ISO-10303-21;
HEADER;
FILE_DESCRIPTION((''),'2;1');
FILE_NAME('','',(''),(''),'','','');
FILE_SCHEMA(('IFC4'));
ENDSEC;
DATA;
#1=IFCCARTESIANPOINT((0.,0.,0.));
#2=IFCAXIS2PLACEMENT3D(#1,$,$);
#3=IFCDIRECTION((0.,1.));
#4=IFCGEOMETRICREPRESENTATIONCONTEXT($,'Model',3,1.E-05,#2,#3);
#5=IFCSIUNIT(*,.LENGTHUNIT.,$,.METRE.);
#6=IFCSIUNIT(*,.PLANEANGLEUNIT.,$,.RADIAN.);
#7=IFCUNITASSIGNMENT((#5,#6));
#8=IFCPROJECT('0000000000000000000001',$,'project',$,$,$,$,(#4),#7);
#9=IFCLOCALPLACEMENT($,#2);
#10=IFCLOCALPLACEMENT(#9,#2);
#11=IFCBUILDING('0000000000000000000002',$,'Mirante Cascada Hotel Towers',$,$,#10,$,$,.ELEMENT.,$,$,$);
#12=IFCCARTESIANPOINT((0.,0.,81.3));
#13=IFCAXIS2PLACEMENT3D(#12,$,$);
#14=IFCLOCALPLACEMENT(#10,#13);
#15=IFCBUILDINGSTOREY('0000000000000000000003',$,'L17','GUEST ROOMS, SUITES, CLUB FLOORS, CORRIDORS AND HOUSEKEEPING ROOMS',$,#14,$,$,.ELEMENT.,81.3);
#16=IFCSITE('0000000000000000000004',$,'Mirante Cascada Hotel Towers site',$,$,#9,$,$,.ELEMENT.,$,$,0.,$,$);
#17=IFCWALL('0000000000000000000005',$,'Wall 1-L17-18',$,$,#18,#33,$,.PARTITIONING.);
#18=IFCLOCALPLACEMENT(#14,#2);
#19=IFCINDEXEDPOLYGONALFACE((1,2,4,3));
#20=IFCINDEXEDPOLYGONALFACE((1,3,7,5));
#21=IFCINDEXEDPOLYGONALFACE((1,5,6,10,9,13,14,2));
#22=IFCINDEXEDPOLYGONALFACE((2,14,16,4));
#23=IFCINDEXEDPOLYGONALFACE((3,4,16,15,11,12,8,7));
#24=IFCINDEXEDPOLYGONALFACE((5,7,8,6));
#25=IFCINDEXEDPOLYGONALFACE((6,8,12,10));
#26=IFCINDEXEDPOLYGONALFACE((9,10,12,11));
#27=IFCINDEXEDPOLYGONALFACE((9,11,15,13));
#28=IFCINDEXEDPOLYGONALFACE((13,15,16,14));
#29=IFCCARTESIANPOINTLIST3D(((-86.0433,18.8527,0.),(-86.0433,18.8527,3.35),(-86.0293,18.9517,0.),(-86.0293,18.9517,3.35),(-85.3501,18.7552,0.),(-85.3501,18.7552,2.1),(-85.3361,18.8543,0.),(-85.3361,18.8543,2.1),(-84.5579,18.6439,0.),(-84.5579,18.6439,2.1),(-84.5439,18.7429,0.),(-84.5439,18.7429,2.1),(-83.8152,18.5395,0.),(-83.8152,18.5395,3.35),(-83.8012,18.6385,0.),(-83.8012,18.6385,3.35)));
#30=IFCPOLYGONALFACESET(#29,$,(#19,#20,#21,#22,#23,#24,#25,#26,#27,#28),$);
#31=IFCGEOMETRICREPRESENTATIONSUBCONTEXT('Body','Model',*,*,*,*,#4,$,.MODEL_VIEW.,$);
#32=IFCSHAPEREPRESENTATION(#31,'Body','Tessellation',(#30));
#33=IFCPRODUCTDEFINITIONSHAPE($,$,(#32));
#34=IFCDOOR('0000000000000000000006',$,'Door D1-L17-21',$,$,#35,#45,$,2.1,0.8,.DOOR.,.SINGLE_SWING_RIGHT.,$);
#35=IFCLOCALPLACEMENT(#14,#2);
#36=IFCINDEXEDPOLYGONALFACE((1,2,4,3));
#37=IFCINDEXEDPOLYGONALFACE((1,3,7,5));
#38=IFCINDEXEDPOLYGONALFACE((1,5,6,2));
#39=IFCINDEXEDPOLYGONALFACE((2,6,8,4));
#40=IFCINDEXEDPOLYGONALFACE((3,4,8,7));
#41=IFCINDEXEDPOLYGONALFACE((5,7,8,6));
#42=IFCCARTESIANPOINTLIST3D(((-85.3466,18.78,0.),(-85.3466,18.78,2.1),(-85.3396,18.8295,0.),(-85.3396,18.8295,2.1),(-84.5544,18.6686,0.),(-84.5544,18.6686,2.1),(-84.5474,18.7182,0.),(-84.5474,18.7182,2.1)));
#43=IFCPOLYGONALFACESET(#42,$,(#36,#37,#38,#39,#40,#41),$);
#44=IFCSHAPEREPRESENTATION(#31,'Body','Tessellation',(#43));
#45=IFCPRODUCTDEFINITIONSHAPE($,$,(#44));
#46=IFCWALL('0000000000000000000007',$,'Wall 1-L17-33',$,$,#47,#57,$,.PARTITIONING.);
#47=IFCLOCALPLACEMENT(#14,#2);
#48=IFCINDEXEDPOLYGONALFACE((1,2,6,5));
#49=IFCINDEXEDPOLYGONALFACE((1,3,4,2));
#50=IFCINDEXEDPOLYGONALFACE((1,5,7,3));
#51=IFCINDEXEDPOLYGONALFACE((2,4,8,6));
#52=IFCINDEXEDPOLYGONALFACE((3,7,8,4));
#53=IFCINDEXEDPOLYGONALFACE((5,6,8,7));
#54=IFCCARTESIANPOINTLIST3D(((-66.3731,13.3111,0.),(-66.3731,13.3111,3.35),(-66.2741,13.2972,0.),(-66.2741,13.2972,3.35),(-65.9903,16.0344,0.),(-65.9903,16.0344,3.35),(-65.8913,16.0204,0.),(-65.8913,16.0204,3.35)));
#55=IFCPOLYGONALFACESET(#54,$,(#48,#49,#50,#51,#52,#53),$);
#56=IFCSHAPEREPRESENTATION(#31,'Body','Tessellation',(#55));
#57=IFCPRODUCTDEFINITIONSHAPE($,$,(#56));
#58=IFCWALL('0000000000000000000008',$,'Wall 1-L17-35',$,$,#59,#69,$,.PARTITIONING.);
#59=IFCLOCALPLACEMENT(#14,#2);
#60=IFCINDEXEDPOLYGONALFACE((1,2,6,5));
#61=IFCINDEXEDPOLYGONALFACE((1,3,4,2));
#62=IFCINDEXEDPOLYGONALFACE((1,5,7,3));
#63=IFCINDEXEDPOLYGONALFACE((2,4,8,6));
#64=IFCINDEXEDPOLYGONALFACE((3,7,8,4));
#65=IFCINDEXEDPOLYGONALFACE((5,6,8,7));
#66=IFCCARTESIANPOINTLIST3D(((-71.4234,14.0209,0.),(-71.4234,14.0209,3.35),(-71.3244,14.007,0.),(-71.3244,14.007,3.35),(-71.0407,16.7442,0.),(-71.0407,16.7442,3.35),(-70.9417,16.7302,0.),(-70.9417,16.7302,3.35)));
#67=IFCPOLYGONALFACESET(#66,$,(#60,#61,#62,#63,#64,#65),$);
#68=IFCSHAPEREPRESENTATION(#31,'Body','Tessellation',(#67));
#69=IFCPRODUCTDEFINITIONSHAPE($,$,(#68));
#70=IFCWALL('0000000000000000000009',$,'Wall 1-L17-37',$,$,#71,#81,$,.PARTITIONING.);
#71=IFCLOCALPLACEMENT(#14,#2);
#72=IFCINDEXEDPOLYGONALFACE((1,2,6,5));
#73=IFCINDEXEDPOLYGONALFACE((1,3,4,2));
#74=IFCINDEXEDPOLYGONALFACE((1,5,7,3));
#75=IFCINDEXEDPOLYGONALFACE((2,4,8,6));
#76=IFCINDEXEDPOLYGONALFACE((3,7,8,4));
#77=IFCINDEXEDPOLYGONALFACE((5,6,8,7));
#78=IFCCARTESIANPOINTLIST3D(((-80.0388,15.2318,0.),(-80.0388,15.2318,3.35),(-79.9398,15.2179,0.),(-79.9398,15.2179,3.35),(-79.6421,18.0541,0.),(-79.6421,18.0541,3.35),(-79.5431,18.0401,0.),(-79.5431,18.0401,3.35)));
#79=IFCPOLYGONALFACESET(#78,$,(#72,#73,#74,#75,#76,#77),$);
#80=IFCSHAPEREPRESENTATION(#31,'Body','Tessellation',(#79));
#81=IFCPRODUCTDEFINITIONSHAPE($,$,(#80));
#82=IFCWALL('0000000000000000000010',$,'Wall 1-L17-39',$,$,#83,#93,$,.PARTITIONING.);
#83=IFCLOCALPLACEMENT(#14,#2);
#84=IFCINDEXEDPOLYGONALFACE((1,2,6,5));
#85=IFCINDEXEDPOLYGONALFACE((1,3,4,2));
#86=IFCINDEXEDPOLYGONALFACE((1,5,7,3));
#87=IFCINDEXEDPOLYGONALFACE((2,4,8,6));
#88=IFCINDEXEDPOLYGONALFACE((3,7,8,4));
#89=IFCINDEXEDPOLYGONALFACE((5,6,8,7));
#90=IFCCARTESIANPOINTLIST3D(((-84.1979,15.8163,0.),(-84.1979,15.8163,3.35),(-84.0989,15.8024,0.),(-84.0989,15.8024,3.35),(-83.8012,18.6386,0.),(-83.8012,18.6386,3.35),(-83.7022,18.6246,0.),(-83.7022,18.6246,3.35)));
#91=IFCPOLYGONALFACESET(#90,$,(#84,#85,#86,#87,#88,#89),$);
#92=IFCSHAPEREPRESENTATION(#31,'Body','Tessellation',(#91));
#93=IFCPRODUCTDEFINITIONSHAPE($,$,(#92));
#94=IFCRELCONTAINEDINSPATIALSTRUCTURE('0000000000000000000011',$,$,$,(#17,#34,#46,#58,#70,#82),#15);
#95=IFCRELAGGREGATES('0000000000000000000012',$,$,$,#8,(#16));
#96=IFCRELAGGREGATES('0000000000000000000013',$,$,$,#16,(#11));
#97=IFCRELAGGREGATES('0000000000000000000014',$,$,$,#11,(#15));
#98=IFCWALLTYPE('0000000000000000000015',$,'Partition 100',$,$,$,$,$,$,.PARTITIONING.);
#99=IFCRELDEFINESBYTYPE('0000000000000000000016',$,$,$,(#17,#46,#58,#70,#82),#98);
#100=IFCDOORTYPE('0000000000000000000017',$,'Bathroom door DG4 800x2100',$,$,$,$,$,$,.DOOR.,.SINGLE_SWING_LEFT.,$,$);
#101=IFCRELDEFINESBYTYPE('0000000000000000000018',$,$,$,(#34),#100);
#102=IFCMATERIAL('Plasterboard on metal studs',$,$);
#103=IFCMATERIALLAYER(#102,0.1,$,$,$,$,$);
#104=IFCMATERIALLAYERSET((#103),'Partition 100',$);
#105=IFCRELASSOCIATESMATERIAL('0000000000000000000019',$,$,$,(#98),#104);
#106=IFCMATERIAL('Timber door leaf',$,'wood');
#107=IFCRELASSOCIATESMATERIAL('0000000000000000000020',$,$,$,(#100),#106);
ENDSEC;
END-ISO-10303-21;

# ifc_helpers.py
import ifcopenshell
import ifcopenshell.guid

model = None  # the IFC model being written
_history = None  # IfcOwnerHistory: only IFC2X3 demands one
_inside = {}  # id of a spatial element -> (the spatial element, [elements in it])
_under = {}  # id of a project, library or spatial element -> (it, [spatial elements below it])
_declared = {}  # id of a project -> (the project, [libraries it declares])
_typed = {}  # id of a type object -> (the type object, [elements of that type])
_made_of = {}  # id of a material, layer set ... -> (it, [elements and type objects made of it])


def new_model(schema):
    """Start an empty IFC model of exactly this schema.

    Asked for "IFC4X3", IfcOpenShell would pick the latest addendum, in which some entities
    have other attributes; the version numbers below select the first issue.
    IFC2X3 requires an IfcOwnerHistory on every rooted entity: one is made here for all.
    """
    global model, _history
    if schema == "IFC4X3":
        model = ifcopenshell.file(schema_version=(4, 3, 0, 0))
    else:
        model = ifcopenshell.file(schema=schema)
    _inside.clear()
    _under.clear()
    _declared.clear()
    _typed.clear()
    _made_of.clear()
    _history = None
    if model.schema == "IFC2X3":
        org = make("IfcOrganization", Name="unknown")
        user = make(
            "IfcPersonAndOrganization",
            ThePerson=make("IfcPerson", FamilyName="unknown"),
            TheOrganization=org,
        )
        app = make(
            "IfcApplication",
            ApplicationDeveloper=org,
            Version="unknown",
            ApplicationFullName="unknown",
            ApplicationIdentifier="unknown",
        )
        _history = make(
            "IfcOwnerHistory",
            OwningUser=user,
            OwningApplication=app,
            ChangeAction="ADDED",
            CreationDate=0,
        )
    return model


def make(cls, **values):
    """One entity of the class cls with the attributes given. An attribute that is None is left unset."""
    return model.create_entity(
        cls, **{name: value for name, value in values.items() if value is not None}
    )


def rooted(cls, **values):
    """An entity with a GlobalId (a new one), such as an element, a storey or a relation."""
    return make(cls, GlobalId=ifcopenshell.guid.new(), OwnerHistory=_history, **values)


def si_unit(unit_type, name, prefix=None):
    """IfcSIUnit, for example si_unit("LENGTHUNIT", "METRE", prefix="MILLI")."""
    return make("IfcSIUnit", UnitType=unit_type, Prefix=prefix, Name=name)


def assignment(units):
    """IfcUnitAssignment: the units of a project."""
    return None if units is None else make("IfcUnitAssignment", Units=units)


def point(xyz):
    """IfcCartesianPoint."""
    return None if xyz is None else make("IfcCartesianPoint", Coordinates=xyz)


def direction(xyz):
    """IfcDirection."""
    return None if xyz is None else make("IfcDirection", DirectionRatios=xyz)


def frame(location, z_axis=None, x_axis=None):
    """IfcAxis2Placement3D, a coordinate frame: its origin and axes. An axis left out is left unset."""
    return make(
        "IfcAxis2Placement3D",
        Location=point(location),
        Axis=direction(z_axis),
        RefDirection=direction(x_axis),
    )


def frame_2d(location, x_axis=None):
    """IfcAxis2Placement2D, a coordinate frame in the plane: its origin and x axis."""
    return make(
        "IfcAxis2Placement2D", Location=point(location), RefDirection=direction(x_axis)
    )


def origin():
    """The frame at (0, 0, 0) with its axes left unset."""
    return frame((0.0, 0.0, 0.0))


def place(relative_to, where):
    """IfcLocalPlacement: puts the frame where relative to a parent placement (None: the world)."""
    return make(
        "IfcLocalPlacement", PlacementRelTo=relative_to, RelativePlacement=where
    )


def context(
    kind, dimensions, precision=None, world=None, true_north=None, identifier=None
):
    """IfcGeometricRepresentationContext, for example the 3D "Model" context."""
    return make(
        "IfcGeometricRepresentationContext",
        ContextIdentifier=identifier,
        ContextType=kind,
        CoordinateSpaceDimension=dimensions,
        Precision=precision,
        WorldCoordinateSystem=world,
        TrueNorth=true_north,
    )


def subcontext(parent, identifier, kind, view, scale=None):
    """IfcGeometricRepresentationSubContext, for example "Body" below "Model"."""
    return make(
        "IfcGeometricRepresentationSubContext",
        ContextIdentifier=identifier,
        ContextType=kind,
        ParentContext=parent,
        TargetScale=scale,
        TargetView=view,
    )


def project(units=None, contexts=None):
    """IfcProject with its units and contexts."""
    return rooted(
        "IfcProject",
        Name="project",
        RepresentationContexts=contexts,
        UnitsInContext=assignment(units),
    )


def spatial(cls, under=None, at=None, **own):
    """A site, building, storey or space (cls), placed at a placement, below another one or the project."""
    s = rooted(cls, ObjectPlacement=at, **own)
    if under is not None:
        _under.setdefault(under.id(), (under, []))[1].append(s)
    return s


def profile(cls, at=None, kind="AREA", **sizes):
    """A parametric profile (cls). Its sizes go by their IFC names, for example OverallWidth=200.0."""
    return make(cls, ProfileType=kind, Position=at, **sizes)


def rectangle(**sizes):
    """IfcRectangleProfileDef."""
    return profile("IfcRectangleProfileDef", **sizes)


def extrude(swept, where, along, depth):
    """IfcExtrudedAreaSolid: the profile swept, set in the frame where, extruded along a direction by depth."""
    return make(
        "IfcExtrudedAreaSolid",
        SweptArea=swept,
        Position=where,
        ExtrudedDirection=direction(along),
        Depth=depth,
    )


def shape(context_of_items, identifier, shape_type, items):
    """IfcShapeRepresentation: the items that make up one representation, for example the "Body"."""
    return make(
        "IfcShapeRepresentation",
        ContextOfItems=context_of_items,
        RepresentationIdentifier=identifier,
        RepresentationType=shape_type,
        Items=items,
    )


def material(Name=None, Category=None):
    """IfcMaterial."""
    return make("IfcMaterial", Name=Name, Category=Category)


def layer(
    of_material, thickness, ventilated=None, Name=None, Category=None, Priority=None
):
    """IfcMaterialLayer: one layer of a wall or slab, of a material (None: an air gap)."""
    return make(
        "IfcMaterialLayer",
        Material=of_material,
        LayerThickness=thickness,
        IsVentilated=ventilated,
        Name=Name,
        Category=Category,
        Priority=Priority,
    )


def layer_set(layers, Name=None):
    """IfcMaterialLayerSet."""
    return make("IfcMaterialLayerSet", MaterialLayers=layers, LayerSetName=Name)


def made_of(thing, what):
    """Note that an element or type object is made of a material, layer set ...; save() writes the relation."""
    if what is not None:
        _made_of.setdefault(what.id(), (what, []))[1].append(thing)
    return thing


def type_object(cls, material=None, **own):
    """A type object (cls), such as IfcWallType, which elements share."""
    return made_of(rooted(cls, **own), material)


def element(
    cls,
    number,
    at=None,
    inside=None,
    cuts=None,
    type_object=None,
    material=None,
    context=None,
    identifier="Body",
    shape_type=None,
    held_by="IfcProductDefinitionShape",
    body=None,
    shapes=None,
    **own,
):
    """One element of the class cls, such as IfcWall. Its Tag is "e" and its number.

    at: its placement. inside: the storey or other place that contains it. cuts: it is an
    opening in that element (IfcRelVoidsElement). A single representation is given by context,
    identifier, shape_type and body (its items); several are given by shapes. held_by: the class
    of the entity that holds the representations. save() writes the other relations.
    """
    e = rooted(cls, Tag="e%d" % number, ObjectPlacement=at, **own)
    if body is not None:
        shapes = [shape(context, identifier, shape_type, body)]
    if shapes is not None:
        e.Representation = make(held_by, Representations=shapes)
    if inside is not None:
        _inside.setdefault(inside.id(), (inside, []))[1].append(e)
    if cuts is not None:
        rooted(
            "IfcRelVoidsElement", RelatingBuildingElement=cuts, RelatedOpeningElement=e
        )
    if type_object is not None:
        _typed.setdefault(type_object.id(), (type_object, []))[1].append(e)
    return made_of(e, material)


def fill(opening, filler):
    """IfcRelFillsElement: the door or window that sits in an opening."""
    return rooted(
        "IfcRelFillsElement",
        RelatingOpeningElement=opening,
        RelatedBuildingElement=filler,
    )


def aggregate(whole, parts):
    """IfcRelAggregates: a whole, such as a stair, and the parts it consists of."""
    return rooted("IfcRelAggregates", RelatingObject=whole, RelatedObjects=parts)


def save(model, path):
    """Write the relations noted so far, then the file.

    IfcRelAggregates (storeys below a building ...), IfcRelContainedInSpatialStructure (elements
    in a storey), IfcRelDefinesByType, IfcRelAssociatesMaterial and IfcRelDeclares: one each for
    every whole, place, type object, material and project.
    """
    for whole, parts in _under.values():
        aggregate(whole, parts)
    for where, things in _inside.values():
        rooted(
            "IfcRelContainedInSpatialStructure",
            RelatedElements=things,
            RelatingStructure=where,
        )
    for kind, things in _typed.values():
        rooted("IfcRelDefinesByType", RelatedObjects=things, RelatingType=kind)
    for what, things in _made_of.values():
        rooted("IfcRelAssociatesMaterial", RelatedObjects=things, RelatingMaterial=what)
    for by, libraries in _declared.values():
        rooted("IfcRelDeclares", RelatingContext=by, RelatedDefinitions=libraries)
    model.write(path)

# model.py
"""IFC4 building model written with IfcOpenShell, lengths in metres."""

from ifc_helpers import new_model, si_unit, direction, frame, frame_2d, origin, place, context, subcontext, project, spatial, rectangle, extrude, material, layer, layer_set, type_object, element, fill, save


model = new_model("IFC4")

# Units and contexts
model_context = context("Model", 3, precision=1e-05, world=origin(), true_north=direction((0.0, 1.0)))
body_context = subcontext(model_context, "Body", "Model", "MODEL_VIEW")
ifc_project = project(units=[si_unit("LENGTHUNIT", "METRE"), si_unit("PLANEANGLEUNIT", "RADIAN")], contexts=[model_context])

# Site, building, storey
site_placement = place(None, origin())
site = spatial("IfcSite", under=ifc_project, at=site_placement, Name="Mirante Cascada Hotel Towers site", CompositionType="ELEMENT", RefElevation=0.0)
building_placement = place(site_placement, origin())
building = spatial("IfcBuilding", under=site, at=building_placement, Name="Mirante Cascada Hotel Towers", CompositionType="ELEMENT")
storey_placement = place(building_placement, frame((0.0, 0.0, 81.3)))
storey = spatial("IfcBuildingStorey", under=building, at=storey_placement, Name="L17", Description="GUEST ROOMS, SUITES, CLUB FLOORS, CORRIDORS AND HOUSEKEEPING ROOMS", CompositionType="ELEMENT", Elevation=81.3)

# Shared definitions
ifc_material_1 = material(Name="Plasterboard on metal studs")
ifc_layer_1 = layer(ifc_material_1, 0.1)
ifc_layer_set_1 = layer_set([ifc_layer_1], Name="Partition 100")
wall_type_1 = type_object("IfcWallType", Name="Partition 100", PredefinedType="PARTITIONING", material=ifc_layer_set_1)
ifc_material_2 = material(Name="Timber door leaf", Category="wood")
door_type = type_object("IfcDoorType", Name="Bathroom door DG4 800x2100", OperationType="SINGLE_SWING_LEFT", PredefinedType="DOOR", material=ifc_material_2)

# Wall, opening, door
wall_1_placement = place(storey_placement, frame((-83.8082, 18.589, 0.0), z_axis=(0.0, 0.0, 1.0), x_axis=(-0.990264, 0.1392, 0.0)))
wall_1 = element("IfcWall", 1, at=wall_1_placement, inside=storey, type_object=wall_type_1, Name="Wall 1-L17-18", PredefinedType="PARTITIONING", context=body_context, shape_type="SweptSolid", body=[
    extrude(rectangle(XDim=2.25, YDim=0.1, at=frame_2d((1.125, 0.0))), origin(), (0.0, 0.0, 1.0), 3.35),
])
opening_1_placement = place(wall_1_placement, frame((0.75, 0.0, 0.0)))
opening_1 = element("IfcOpeningElement", 2, at=opening_1_placement, cuts=wall_1, PredefinedType="OPENING", context=body_context, shape_type="SweptSolid", body=[
    extrude(rectangle(XDim=0.8, YDim=2.1, at=frame_2d((0.4, 1.05))), frame((0.0, 0.05, 0.0), z_axis=(0.0, -1.0, 0.0), x_axis=(1.0, 0.0, 0.0)), (0.0, 0.0, 1.0), 0.1),
])
door_1_placement = place(opening_1_placement, frame((0.8, 0.0, 0.0), z_axis=(0.0, 0.0, 1.0), x_axis=(-1.0, 0.0, 0.0)))
door_1 = element("IfcDoor", 3, at=door_1_placement, inside=storey, type_object=door_type, Name="Door D1-L17-21", OperationType="SINGLE_SWING_RIGHT", OverallHeight=2.1, OverallWidth=0.8, PredefinedType="DOOR", context=body_context, shape_type="SweptSolid", body=[
    extrude(rectangle(XDim=0.8, YDim=2.1, at=frame_2d((0.4, 1.05))), frame((0.0, 0.025, 0.0), z_axis=(0.0, -1.0, 0.0), x_axis=(1.0, 0.0, 0.0)), (0.0, 0.0, 1.0), 0.05),
])
fill(opening_1, door_1)

# Walls
for number, where, z_axis, x_axis, name in (
    (4, (-65.9408, 16.0274, 0.0), (0.0, 0.0, 1.0), (-0.139201, -0.990264, 0.0), "Wall 1-L17-33"),
    (5, (-70.9912, 16.7372, 0.0), (0.0, 0.0, 1.0), (-0.139166, -0.990269, 0.0), "Wall 1-L17-35"),
):
    element("IfcWall", number, at=place(storey_placement, frame(where, z_axis=z_axis, x_axis=x_axis)), inside=storey, type_object=wall_type_1, Name=name, PredefinedType="PARTITIONING", context=body_context, shape_type="SweptSolid", body=[
        extrude(rectangle(XDim=2.75, YDim=0.1, at=frame_2d((1.375, 0.0))), origin(), (0.0, 0.0, 1.0), 3.35),
    ])
for number, where, z_axis, x_axis, name in (
    (6, (-79.5926, 18.0471, 0.0), (0.0, 0.0, 1.0), (-0.139191, -0.990266, 0.0), "Wall 1-L17-37"),
    (7, (-83.7517, 18.6316, 0.0), (0.0, 0.0, 1.0), (-0.139191, -0.990266, 0.0), "Wall 1-L17-39"),
):
    element("IfcWall", number, at=place(storey_placement, frame(where, z_axis=z_axis, x_axis=x_axis)), inside=storey, type_object=wall_type_1, Name=name, PredefinedType="PARTITIONING", context=body_context, shape_type="SweptSolid", body=[
        extrude(rectangle(XDim=2.85, YDim=0.1, at=frame_2d((1.425, 0.0))), origin(), (0.0, 0.0, 1.0), 3.35),
    ])

save(model, "model.ifc")
